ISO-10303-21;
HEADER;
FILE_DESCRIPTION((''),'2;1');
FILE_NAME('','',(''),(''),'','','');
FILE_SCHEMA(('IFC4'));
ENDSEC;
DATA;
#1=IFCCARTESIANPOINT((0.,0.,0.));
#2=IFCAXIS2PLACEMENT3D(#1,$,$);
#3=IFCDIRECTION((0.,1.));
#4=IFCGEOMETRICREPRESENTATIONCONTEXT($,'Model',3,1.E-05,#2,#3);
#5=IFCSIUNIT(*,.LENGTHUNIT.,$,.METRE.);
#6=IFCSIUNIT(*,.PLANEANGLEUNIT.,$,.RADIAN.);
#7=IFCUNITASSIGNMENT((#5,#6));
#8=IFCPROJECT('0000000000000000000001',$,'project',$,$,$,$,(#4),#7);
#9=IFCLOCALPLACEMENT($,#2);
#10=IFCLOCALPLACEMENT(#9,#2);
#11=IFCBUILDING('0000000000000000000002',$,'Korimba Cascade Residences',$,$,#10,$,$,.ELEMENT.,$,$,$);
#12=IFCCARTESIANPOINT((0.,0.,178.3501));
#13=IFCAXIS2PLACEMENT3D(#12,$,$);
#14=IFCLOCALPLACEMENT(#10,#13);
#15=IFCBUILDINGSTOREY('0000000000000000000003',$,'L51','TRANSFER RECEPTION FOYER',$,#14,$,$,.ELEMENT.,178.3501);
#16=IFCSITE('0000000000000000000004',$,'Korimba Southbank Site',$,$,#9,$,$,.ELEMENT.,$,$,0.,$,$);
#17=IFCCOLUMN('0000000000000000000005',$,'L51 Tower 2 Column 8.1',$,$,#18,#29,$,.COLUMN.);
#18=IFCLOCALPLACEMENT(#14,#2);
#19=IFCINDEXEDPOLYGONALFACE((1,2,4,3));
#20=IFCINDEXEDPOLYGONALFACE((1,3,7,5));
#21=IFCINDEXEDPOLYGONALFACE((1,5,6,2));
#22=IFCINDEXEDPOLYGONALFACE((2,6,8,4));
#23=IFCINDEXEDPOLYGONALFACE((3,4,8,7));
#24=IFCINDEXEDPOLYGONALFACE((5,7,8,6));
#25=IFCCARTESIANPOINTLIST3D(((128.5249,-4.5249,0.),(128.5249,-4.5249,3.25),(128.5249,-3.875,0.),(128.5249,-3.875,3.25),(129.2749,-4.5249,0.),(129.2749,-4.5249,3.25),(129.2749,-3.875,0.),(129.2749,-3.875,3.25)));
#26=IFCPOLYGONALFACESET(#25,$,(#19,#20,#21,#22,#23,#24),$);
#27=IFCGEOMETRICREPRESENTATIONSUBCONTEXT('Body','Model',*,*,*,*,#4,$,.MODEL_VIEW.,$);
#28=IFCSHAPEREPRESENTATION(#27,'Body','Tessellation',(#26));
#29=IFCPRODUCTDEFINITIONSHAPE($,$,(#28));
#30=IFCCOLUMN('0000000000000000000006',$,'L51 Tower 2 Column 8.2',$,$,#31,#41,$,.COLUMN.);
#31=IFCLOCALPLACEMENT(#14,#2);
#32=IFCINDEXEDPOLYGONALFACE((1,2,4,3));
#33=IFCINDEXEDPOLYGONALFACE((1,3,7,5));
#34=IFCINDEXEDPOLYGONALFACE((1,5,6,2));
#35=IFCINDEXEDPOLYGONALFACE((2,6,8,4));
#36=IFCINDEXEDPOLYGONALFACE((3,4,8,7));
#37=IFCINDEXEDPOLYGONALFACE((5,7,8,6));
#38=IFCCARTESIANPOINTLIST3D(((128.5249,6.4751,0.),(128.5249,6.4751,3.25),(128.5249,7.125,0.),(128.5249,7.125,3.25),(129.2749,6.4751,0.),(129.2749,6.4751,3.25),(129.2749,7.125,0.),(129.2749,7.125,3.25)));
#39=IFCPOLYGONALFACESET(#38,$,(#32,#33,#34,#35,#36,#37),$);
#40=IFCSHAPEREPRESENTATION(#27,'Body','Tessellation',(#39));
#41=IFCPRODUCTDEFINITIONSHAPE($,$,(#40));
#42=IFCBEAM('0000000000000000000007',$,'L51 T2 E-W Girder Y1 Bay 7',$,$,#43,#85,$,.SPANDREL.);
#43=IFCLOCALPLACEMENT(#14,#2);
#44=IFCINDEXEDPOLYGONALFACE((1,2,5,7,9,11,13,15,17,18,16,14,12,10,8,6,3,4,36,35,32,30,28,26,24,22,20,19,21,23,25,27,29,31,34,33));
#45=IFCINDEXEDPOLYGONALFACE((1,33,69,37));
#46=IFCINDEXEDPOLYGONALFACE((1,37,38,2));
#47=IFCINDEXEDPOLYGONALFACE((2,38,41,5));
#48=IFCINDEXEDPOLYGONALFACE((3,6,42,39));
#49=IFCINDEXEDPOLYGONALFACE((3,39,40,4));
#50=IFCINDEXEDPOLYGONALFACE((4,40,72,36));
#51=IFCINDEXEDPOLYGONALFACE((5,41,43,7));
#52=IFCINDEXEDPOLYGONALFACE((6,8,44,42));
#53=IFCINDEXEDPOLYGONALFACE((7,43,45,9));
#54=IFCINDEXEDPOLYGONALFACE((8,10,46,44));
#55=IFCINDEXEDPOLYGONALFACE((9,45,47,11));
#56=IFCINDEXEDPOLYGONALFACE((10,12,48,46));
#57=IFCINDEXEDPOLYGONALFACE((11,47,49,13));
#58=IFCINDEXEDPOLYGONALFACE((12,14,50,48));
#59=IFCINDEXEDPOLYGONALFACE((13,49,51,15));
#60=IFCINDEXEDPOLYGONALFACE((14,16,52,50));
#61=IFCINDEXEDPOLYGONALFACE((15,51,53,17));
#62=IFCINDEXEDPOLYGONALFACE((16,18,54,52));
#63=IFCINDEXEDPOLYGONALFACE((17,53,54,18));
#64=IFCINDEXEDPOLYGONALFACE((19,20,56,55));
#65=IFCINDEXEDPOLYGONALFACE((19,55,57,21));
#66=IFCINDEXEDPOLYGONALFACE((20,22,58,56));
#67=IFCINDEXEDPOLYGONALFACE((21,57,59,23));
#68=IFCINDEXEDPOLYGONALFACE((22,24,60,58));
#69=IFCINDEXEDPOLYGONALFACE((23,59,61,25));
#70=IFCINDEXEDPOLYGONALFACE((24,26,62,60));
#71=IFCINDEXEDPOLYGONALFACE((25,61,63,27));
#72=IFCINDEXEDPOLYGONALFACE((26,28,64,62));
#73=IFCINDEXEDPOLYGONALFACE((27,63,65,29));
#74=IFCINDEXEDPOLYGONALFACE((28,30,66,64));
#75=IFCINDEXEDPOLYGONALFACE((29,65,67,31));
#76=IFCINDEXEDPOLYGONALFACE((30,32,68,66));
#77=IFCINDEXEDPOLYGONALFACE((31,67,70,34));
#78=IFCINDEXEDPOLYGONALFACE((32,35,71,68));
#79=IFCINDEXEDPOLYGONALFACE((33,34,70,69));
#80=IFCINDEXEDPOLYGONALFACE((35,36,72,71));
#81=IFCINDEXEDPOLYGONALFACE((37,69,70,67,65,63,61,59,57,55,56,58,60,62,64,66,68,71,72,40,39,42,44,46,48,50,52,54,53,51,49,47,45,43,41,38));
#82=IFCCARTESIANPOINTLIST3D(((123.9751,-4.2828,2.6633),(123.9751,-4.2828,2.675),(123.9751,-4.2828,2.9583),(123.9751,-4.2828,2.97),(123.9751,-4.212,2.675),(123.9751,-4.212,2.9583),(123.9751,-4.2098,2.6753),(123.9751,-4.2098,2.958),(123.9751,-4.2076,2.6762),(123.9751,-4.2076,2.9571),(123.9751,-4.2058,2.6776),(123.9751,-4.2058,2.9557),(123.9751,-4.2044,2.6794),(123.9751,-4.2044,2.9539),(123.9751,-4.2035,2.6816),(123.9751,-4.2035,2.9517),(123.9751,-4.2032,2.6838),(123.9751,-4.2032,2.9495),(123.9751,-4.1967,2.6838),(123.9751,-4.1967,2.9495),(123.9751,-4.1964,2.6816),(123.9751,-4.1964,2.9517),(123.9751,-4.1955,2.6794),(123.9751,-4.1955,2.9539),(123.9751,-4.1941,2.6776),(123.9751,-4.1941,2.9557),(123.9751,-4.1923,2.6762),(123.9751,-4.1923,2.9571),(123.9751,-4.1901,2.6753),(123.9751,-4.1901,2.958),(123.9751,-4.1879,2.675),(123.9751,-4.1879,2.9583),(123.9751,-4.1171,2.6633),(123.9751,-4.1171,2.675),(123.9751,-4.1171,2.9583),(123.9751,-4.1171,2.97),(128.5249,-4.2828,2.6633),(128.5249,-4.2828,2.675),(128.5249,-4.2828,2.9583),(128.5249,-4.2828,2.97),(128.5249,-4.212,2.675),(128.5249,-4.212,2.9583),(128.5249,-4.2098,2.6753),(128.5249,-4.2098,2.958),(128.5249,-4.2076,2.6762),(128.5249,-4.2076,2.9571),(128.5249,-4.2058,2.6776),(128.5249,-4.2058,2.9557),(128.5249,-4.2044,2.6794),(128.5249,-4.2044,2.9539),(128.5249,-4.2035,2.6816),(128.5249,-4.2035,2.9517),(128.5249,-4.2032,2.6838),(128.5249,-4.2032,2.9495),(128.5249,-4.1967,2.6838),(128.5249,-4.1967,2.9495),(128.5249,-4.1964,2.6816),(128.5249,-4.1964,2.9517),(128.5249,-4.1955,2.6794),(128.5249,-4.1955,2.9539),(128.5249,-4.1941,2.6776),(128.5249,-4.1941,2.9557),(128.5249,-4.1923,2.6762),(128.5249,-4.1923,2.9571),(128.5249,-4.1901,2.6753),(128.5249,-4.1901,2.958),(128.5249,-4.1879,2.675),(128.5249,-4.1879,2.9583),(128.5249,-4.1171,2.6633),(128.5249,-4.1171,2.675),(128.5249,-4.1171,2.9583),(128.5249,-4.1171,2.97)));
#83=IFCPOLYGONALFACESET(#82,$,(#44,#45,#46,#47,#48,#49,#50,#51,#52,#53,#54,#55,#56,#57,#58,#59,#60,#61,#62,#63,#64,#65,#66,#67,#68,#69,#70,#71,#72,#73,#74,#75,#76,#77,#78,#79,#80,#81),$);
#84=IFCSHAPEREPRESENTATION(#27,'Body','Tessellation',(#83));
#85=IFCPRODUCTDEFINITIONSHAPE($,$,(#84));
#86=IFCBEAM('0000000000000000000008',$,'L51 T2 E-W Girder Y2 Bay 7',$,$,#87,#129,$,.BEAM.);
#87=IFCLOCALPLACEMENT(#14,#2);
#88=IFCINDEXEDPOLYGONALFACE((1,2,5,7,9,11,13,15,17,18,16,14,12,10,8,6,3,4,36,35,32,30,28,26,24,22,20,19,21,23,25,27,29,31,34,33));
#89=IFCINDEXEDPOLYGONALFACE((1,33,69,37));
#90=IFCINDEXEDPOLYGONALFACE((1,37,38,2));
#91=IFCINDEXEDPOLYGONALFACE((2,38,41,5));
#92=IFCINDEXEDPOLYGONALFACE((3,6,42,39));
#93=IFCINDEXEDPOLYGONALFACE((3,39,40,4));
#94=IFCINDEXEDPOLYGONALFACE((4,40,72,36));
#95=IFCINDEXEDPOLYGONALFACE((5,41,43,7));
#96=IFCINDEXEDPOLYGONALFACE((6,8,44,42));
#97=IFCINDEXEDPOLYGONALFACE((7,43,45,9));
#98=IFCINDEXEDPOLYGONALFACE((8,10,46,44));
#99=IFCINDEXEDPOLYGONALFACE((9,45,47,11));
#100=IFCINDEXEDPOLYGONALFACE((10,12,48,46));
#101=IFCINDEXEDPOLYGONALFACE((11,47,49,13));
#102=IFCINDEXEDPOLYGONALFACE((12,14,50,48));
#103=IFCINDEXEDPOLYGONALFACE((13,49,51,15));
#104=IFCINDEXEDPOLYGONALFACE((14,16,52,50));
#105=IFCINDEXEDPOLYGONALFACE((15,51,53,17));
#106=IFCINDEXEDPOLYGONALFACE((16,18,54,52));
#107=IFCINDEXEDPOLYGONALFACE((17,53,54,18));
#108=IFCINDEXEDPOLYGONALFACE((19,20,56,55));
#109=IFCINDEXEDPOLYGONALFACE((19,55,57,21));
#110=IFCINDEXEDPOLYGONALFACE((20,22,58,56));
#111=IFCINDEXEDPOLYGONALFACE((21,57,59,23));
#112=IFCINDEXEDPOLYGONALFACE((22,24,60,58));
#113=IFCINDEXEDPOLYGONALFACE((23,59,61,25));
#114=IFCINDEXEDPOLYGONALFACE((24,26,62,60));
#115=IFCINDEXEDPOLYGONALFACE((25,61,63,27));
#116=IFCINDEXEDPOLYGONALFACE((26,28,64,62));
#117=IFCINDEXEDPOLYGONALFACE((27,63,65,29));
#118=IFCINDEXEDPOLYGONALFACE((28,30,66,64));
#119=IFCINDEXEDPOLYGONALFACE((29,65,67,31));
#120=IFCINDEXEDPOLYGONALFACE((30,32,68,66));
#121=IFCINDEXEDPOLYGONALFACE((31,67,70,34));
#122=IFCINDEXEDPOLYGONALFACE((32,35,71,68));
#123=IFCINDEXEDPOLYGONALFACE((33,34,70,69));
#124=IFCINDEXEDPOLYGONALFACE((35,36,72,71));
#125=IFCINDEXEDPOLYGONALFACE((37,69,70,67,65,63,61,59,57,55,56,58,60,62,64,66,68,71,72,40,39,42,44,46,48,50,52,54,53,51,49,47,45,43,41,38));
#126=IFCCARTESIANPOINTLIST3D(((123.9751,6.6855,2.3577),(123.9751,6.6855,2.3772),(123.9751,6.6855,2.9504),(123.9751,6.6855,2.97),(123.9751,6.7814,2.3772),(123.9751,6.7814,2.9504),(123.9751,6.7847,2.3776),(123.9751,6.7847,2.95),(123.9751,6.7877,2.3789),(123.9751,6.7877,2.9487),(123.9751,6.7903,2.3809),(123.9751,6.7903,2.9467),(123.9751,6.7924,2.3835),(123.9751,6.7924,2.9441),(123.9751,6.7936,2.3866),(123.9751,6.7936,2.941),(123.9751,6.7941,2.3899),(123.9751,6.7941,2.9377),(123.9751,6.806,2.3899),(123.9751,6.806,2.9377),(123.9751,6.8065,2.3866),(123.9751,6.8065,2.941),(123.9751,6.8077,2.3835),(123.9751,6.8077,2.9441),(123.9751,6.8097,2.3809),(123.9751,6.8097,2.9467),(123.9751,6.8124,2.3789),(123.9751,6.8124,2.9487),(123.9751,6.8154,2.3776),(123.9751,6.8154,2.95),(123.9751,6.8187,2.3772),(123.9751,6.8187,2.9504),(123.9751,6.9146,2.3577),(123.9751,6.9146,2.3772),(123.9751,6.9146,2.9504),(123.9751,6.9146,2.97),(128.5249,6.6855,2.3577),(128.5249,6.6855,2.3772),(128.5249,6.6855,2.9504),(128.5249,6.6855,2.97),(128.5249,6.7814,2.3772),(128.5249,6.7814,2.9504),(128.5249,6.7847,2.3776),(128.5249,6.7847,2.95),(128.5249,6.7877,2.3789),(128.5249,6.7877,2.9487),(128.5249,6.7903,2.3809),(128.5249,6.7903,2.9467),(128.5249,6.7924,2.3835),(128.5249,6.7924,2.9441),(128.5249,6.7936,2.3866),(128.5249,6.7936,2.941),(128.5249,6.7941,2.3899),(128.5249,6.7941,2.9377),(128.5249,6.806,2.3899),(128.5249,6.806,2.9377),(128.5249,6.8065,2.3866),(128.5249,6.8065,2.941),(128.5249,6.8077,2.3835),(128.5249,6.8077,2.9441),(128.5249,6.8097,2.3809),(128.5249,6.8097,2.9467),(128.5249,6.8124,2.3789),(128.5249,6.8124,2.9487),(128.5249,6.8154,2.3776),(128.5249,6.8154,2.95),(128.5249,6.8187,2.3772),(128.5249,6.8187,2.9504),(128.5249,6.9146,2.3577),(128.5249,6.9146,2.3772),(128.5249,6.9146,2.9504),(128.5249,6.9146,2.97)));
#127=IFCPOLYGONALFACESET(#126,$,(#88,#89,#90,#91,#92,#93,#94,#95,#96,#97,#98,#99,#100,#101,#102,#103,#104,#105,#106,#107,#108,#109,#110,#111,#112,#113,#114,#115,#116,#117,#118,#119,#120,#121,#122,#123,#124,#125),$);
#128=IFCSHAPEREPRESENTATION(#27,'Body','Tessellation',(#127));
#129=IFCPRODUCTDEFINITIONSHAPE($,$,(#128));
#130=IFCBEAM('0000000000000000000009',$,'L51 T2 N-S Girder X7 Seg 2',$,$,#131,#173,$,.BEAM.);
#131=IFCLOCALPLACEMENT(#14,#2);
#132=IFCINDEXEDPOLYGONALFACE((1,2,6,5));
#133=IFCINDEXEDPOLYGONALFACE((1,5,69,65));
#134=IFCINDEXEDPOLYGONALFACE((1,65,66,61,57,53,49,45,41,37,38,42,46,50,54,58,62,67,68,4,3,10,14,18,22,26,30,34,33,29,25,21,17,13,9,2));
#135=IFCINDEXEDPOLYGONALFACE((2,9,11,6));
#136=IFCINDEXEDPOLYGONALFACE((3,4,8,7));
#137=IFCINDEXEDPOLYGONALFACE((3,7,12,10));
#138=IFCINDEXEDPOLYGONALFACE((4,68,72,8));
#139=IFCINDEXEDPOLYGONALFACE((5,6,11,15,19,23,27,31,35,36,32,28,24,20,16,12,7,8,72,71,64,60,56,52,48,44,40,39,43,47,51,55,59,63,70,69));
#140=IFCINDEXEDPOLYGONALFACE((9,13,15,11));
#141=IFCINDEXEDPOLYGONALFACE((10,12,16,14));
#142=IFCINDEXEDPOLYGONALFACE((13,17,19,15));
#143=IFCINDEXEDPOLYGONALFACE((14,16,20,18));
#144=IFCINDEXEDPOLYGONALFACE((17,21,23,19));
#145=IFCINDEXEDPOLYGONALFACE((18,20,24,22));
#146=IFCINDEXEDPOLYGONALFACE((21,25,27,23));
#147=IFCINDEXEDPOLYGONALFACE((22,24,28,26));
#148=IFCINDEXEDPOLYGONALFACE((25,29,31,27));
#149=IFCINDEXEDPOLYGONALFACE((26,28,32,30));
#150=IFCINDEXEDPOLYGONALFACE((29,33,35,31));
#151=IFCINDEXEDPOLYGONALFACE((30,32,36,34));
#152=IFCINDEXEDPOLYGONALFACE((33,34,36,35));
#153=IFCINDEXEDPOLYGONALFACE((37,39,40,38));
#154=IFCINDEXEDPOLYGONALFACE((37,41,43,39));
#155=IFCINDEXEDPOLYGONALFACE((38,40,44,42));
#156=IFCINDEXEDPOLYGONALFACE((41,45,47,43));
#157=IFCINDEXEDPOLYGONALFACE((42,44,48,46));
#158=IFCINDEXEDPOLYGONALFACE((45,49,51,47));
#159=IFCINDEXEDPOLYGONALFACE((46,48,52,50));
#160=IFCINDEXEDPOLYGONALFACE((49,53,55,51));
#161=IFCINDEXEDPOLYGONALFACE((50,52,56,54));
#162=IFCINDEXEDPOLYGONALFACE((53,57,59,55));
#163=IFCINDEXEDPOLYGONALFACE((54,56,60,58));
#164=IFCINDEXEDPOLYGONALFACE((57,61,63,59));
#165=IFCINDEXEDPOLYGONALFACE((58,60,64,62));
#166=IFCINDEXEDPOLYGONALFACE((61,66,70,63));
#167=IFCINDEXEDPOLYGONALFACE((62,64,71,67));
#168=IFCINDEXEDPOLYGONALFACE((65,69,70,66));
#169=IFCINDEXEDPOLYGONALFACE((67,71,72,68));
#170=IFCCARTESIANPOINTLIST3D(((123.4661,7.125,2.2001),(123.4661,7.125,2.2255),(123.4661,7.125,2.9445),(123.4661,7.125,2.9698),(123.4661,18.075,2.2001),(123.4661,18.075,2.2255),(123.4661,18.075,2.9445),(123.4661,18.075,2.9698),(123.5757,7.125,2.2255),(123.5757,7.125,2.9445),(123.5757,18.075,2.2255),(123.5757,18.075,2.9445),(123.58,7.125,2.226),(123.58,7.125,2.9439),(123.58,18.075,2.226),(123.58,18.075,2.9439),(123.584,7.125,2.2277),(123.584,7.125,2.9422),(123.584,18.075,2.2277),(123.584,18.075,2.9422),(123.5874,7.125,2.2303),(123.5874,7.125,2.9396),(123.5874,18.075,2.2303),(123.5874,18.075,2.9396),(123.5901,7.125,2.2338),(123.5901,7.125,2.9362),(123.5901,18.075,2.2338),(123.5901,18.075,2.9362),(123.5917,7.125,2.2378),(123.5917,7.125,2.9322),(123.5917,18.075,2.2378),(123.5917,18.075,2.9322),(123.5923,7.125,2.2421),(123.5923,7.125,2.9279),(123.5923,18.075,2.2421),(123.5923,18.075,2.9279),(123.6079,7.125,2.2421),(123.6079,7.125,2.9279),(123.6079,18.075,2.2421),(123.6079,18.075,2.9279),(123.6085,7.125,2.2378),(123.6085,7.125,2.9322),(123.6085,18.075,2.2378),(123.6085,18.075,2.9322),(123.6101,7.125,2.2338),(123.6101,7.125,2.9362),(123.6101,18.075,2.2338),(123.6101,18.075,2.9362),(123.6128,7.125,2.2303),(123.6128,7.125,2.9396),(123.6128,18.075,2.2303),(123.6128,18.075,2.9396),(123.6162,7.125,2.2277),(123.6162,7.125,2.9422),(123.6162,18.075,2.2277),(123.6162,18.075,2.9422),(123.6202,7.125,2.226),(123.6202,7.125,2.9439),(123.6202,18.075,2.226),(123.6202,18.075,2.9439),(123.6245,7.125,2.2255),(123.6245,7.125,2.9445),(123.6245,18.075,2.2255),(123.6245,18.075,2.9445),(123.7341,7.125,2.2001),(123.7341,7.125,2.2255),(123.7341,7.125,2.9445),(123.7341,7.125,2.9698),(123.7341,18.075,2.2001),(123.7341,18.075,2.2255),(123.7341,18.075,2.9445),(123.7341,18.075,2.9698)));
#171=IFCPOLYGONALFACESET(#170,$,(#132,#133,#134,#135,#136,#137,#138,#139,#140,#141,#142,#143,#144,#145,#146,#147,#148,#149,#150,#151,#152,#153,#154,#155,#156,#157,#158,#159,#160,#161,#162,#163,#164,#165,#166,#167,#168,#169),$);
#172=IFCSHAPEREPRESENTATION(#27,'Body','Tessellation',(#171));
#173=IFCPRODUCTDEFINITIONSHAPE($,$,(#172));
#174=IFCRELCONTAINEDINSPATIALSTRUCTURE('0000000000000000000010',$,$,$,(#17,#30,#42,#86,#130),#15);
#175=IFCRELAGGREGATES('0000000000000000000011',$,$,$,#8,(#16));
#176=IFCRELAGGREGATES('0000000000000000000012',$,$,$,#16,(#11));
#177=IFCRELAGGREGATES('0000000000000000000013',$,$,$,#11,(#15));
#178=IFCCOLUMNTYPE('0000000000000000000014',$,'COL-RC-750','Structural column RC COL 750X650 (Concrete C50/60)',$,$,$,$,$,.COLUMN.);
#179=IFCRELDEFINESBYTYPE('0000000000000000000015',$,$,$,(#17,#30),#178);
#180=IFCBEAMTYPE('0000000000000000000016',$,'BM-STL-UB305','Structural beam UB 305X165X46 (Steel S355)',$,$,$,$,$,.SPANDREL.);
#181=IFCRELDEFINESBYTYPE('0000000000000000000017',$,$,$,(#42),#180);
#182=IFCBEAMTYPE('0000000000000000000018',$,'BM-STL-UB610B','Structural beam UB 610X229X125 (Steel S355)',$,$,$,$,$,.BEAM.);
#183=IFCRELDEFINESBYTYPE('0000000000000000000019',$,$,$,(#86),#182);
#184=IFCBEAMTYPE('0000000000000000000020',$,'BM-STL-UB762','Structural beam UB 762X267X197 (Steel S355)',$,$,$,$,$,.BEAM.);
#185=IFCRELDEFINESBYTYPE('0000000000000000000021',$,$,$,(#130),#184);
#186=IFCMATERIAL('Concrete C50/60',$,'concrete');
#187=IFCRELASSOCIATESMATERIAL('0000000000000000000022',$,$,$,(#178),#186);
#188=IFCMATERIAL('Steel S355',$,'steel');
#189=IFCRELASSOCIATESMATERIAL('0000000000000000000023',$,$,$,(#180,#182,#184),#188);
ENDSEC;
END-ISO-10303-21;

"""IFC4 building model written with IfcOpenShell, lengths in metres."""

from ifc_helpers import new_model, si_unit, direction, frame, origin, origin_2d, place, context, subcontext, project, spatial, rectangle, i_section, extrude, material, material_profile, profile_set, type_object, element, save


model = new_model("IFC4")

# Units and contexts
model_context = context("Model", 3, precision=1e-05, world=origin(), true_north=direction((0.0, 1.0)))
body_context = subcontext(model_context, "Body", "Model", "MODEL_VIEW")
ifc_project = project(units=[si_unit("LENGTHUNIT", "METRE"), si_unit("PLANEANGLEUNIT", "RADIAN")], contexts=[model_context])

# Site, building, storey
site_placement = place(None, origin())
site = spatial("IfcSite", under=ifc_project, at=site_placement, Name="Korimba Southbank Site", CompositionType="ELEMENT", RefElevation=0.0)
building_placement = place(site_placement, origin())
building = spatial("IfcBuilding", under=site, at=building_placement, Name="Korimba Cascade Residences", CompositionType="ELEMENT")
storey_placement = place(building_placement, frame((0.0, 0.0, 178.3501)))
storey = spatial("IfcBuildingStorey", under=building, at=storey_placement, Name="L51", Description="TRANSFER RECEPTION FOYER", CompositionType="ELEMENT", Elevation=178.3501)

# Columns
ifc_material_1 = material(Name="Concrete C50/60", Category="concrete")
ifc_material_profile_1 = material_profile(ifc_material_1, rectangle(XDim=0.75, YDim=0.6499, at=origin_2d()), Name="Concrete C50/60")
ifc_profile_set_1 = profile_set([ifc_material_profile_1], Name="Concrete C50/60")
column_type = type_object("IfcColumnType", Name="COL-RC-750", Description="Structural column RC COL 750X650 (Concrete C50/60)", PredefinedType="COLUMN", material=ifc_profile_set_1)
for number, where, z_axis, x_axis, name in (
    (1, (128.8999, -4.2, 0.0), (0.0, 0.0, 1.0), (1.0, 0.0, 0.0), "L51 Tower 2 Column 8.1"),
    (2, (128.8999, 6.8, 0.0), (0.0, 0.0, 1.0), (1.0, 0.0, 0.0), "L51 Tower 2 Column 8.2"),
):
    element("IfcColumn", number, at=place(storey_placement, frame(where, z_axis=z_axis, x_axis=x_axis)), inside=storey, type_object=column_type, Name=name, PredefinedType="COLUMN", context=body_context, shape_type="SweptSolid", body=[
        extrude(rectangle(XDim=0.75, YDim=0.6499, at=origin_2d()), origin(), (0.0, 0.0, 1.0), 3.25),
    ])

# Beams
ifc_material_2 = material(Name="Steel S355", Category="steel")
ifc_material_profile_2 = material_profile(ifc_material_2, i_section(OverallWidth=0.1658, OverallDepth=0.3066, WebThickness=0.0066, FlangeThickness=0.0117, FilletRadius=0.0088, at=origin_2d()), Name="Steel S355")
ifc_profile_set_2 = profile_set([ifc_material_profile_2], Name="Steel S355")
beam_type_1 = type_object("IfcBeamType", Name="BM-STL-UB305", Description="Structural beam UB 305X165X46 (Steel S355)", PredefinedType="SPANDREL", material=ifc_profile_set_2)
beam_1_placement = place(storey_placement, frame((123.9751, -4.2, 2.8167), z_axis=(1.0, 0.0, 0.0), x_axis=(0.0, 1.0, 0.0)))
element("IfcBeam", 3, at=beam_1_placement, inside=storey, type_object=beam_type_1, Name="L51 T2 E-W Girder Y1 Bay 7", PredefinedType="SPANDREL", context=body_context, shape_type="SweptSolid", body=[
    extrude(i_section(OverallWidth=0.1658, OverallDepth=0.3066, WebThickness=0.0066, FlangeThickness=0.0117, FilletRadius=0.0088, at=origin_2d()), origin(), (0.0, 0.0, 1.0), 4.5498),
])
ifc_material_profile_3 = material_profile(ifc_material_2, i_section(OverallWidth=0.229, OverallDepth=0.6123, WebThickness=0.012, FlangeThickness=0.0195, FilletRadius=0.0127, at=origin_2d()), Name="Steel S355")
ifc_profile_set_3 = profile_set([ifc_material_profile_3], Name="Steel S355")
beam_type_2 = type_object("IfcBeamType", Name="BM-STL-UB610B", Description="Structural beam UB 610X229X125 (Steel S355)", PredefinedType="BEAM", material=ifc_profile_set_3)
beam_2_placement = place(storey_placement, frame((123.9751, 6.8, 2.6638), z_axis=(1.0, 0.0, 0.0), x_axis=(0.0, 1.0, 0.0)))
element("IfcBeam", 4, at=beam_2_placement, inside=storey, type_object=beam_type_2, Name="L51 T2 E-W Girder Y2 Bay 7", PredefinedType="BEAM", context=body_context, shape_type="SweptSolid", body=[
    extrude(i_section(OverallWidth=0.229, OverallDepth=0.6123, WebThickness=0.012, FlangeThickness=0.0195, FilletRadius=0.0127, at=origin_2d()), origin(), (0.0, 0.0, 1.0), 4.5498),
])
ifc_material_profile_4 = material_profile(ifc_material_2, i_section(OverallWidth=0.2681, OverallDepth=0.7698, WebThickness=0.0156, FlangeThickness=0.0254, FilletRadius=0.0166, at=origin_2d()), Name="Steel S355")
ifc_profile_set_4 = profile_set([ifc_material_profile_4], Name="Steel S355")
beam_type_3 = type_object("IfcBeamType", Name="BM-STL-UB762", Description="Structural beam UB 762X267X197 (Steel S355)", PredefinedType="BEAM", material=ifc_profile_set_4)
beam_3_placement = place(storey_placement, frame((123.6001, 7.125, 2.585), z_axis=(0.0, 1.0, 0.0), x_axis=(-1.0, 0.0, 0.0)))
element("IfcBeam", 5, at=beam_3_placement, inside=storey, type_object=beam_type_3, Name="L51 T2 N-S Girder X7 Seg 2", PredefinedType="BEAM", context=body_context, shape_type="SweptSolid", body=[
    extrude(i_section(OverallWidth=0.2681, OverallDepth=0.7698, WebThickness=0.0156, FlangeThickness=0.0254, FilletRadius=0.0166, at=origin_2d()), origin(), (0.0, 0.0, 1.0), 10.95),
])

save(model, "model.ifc")
